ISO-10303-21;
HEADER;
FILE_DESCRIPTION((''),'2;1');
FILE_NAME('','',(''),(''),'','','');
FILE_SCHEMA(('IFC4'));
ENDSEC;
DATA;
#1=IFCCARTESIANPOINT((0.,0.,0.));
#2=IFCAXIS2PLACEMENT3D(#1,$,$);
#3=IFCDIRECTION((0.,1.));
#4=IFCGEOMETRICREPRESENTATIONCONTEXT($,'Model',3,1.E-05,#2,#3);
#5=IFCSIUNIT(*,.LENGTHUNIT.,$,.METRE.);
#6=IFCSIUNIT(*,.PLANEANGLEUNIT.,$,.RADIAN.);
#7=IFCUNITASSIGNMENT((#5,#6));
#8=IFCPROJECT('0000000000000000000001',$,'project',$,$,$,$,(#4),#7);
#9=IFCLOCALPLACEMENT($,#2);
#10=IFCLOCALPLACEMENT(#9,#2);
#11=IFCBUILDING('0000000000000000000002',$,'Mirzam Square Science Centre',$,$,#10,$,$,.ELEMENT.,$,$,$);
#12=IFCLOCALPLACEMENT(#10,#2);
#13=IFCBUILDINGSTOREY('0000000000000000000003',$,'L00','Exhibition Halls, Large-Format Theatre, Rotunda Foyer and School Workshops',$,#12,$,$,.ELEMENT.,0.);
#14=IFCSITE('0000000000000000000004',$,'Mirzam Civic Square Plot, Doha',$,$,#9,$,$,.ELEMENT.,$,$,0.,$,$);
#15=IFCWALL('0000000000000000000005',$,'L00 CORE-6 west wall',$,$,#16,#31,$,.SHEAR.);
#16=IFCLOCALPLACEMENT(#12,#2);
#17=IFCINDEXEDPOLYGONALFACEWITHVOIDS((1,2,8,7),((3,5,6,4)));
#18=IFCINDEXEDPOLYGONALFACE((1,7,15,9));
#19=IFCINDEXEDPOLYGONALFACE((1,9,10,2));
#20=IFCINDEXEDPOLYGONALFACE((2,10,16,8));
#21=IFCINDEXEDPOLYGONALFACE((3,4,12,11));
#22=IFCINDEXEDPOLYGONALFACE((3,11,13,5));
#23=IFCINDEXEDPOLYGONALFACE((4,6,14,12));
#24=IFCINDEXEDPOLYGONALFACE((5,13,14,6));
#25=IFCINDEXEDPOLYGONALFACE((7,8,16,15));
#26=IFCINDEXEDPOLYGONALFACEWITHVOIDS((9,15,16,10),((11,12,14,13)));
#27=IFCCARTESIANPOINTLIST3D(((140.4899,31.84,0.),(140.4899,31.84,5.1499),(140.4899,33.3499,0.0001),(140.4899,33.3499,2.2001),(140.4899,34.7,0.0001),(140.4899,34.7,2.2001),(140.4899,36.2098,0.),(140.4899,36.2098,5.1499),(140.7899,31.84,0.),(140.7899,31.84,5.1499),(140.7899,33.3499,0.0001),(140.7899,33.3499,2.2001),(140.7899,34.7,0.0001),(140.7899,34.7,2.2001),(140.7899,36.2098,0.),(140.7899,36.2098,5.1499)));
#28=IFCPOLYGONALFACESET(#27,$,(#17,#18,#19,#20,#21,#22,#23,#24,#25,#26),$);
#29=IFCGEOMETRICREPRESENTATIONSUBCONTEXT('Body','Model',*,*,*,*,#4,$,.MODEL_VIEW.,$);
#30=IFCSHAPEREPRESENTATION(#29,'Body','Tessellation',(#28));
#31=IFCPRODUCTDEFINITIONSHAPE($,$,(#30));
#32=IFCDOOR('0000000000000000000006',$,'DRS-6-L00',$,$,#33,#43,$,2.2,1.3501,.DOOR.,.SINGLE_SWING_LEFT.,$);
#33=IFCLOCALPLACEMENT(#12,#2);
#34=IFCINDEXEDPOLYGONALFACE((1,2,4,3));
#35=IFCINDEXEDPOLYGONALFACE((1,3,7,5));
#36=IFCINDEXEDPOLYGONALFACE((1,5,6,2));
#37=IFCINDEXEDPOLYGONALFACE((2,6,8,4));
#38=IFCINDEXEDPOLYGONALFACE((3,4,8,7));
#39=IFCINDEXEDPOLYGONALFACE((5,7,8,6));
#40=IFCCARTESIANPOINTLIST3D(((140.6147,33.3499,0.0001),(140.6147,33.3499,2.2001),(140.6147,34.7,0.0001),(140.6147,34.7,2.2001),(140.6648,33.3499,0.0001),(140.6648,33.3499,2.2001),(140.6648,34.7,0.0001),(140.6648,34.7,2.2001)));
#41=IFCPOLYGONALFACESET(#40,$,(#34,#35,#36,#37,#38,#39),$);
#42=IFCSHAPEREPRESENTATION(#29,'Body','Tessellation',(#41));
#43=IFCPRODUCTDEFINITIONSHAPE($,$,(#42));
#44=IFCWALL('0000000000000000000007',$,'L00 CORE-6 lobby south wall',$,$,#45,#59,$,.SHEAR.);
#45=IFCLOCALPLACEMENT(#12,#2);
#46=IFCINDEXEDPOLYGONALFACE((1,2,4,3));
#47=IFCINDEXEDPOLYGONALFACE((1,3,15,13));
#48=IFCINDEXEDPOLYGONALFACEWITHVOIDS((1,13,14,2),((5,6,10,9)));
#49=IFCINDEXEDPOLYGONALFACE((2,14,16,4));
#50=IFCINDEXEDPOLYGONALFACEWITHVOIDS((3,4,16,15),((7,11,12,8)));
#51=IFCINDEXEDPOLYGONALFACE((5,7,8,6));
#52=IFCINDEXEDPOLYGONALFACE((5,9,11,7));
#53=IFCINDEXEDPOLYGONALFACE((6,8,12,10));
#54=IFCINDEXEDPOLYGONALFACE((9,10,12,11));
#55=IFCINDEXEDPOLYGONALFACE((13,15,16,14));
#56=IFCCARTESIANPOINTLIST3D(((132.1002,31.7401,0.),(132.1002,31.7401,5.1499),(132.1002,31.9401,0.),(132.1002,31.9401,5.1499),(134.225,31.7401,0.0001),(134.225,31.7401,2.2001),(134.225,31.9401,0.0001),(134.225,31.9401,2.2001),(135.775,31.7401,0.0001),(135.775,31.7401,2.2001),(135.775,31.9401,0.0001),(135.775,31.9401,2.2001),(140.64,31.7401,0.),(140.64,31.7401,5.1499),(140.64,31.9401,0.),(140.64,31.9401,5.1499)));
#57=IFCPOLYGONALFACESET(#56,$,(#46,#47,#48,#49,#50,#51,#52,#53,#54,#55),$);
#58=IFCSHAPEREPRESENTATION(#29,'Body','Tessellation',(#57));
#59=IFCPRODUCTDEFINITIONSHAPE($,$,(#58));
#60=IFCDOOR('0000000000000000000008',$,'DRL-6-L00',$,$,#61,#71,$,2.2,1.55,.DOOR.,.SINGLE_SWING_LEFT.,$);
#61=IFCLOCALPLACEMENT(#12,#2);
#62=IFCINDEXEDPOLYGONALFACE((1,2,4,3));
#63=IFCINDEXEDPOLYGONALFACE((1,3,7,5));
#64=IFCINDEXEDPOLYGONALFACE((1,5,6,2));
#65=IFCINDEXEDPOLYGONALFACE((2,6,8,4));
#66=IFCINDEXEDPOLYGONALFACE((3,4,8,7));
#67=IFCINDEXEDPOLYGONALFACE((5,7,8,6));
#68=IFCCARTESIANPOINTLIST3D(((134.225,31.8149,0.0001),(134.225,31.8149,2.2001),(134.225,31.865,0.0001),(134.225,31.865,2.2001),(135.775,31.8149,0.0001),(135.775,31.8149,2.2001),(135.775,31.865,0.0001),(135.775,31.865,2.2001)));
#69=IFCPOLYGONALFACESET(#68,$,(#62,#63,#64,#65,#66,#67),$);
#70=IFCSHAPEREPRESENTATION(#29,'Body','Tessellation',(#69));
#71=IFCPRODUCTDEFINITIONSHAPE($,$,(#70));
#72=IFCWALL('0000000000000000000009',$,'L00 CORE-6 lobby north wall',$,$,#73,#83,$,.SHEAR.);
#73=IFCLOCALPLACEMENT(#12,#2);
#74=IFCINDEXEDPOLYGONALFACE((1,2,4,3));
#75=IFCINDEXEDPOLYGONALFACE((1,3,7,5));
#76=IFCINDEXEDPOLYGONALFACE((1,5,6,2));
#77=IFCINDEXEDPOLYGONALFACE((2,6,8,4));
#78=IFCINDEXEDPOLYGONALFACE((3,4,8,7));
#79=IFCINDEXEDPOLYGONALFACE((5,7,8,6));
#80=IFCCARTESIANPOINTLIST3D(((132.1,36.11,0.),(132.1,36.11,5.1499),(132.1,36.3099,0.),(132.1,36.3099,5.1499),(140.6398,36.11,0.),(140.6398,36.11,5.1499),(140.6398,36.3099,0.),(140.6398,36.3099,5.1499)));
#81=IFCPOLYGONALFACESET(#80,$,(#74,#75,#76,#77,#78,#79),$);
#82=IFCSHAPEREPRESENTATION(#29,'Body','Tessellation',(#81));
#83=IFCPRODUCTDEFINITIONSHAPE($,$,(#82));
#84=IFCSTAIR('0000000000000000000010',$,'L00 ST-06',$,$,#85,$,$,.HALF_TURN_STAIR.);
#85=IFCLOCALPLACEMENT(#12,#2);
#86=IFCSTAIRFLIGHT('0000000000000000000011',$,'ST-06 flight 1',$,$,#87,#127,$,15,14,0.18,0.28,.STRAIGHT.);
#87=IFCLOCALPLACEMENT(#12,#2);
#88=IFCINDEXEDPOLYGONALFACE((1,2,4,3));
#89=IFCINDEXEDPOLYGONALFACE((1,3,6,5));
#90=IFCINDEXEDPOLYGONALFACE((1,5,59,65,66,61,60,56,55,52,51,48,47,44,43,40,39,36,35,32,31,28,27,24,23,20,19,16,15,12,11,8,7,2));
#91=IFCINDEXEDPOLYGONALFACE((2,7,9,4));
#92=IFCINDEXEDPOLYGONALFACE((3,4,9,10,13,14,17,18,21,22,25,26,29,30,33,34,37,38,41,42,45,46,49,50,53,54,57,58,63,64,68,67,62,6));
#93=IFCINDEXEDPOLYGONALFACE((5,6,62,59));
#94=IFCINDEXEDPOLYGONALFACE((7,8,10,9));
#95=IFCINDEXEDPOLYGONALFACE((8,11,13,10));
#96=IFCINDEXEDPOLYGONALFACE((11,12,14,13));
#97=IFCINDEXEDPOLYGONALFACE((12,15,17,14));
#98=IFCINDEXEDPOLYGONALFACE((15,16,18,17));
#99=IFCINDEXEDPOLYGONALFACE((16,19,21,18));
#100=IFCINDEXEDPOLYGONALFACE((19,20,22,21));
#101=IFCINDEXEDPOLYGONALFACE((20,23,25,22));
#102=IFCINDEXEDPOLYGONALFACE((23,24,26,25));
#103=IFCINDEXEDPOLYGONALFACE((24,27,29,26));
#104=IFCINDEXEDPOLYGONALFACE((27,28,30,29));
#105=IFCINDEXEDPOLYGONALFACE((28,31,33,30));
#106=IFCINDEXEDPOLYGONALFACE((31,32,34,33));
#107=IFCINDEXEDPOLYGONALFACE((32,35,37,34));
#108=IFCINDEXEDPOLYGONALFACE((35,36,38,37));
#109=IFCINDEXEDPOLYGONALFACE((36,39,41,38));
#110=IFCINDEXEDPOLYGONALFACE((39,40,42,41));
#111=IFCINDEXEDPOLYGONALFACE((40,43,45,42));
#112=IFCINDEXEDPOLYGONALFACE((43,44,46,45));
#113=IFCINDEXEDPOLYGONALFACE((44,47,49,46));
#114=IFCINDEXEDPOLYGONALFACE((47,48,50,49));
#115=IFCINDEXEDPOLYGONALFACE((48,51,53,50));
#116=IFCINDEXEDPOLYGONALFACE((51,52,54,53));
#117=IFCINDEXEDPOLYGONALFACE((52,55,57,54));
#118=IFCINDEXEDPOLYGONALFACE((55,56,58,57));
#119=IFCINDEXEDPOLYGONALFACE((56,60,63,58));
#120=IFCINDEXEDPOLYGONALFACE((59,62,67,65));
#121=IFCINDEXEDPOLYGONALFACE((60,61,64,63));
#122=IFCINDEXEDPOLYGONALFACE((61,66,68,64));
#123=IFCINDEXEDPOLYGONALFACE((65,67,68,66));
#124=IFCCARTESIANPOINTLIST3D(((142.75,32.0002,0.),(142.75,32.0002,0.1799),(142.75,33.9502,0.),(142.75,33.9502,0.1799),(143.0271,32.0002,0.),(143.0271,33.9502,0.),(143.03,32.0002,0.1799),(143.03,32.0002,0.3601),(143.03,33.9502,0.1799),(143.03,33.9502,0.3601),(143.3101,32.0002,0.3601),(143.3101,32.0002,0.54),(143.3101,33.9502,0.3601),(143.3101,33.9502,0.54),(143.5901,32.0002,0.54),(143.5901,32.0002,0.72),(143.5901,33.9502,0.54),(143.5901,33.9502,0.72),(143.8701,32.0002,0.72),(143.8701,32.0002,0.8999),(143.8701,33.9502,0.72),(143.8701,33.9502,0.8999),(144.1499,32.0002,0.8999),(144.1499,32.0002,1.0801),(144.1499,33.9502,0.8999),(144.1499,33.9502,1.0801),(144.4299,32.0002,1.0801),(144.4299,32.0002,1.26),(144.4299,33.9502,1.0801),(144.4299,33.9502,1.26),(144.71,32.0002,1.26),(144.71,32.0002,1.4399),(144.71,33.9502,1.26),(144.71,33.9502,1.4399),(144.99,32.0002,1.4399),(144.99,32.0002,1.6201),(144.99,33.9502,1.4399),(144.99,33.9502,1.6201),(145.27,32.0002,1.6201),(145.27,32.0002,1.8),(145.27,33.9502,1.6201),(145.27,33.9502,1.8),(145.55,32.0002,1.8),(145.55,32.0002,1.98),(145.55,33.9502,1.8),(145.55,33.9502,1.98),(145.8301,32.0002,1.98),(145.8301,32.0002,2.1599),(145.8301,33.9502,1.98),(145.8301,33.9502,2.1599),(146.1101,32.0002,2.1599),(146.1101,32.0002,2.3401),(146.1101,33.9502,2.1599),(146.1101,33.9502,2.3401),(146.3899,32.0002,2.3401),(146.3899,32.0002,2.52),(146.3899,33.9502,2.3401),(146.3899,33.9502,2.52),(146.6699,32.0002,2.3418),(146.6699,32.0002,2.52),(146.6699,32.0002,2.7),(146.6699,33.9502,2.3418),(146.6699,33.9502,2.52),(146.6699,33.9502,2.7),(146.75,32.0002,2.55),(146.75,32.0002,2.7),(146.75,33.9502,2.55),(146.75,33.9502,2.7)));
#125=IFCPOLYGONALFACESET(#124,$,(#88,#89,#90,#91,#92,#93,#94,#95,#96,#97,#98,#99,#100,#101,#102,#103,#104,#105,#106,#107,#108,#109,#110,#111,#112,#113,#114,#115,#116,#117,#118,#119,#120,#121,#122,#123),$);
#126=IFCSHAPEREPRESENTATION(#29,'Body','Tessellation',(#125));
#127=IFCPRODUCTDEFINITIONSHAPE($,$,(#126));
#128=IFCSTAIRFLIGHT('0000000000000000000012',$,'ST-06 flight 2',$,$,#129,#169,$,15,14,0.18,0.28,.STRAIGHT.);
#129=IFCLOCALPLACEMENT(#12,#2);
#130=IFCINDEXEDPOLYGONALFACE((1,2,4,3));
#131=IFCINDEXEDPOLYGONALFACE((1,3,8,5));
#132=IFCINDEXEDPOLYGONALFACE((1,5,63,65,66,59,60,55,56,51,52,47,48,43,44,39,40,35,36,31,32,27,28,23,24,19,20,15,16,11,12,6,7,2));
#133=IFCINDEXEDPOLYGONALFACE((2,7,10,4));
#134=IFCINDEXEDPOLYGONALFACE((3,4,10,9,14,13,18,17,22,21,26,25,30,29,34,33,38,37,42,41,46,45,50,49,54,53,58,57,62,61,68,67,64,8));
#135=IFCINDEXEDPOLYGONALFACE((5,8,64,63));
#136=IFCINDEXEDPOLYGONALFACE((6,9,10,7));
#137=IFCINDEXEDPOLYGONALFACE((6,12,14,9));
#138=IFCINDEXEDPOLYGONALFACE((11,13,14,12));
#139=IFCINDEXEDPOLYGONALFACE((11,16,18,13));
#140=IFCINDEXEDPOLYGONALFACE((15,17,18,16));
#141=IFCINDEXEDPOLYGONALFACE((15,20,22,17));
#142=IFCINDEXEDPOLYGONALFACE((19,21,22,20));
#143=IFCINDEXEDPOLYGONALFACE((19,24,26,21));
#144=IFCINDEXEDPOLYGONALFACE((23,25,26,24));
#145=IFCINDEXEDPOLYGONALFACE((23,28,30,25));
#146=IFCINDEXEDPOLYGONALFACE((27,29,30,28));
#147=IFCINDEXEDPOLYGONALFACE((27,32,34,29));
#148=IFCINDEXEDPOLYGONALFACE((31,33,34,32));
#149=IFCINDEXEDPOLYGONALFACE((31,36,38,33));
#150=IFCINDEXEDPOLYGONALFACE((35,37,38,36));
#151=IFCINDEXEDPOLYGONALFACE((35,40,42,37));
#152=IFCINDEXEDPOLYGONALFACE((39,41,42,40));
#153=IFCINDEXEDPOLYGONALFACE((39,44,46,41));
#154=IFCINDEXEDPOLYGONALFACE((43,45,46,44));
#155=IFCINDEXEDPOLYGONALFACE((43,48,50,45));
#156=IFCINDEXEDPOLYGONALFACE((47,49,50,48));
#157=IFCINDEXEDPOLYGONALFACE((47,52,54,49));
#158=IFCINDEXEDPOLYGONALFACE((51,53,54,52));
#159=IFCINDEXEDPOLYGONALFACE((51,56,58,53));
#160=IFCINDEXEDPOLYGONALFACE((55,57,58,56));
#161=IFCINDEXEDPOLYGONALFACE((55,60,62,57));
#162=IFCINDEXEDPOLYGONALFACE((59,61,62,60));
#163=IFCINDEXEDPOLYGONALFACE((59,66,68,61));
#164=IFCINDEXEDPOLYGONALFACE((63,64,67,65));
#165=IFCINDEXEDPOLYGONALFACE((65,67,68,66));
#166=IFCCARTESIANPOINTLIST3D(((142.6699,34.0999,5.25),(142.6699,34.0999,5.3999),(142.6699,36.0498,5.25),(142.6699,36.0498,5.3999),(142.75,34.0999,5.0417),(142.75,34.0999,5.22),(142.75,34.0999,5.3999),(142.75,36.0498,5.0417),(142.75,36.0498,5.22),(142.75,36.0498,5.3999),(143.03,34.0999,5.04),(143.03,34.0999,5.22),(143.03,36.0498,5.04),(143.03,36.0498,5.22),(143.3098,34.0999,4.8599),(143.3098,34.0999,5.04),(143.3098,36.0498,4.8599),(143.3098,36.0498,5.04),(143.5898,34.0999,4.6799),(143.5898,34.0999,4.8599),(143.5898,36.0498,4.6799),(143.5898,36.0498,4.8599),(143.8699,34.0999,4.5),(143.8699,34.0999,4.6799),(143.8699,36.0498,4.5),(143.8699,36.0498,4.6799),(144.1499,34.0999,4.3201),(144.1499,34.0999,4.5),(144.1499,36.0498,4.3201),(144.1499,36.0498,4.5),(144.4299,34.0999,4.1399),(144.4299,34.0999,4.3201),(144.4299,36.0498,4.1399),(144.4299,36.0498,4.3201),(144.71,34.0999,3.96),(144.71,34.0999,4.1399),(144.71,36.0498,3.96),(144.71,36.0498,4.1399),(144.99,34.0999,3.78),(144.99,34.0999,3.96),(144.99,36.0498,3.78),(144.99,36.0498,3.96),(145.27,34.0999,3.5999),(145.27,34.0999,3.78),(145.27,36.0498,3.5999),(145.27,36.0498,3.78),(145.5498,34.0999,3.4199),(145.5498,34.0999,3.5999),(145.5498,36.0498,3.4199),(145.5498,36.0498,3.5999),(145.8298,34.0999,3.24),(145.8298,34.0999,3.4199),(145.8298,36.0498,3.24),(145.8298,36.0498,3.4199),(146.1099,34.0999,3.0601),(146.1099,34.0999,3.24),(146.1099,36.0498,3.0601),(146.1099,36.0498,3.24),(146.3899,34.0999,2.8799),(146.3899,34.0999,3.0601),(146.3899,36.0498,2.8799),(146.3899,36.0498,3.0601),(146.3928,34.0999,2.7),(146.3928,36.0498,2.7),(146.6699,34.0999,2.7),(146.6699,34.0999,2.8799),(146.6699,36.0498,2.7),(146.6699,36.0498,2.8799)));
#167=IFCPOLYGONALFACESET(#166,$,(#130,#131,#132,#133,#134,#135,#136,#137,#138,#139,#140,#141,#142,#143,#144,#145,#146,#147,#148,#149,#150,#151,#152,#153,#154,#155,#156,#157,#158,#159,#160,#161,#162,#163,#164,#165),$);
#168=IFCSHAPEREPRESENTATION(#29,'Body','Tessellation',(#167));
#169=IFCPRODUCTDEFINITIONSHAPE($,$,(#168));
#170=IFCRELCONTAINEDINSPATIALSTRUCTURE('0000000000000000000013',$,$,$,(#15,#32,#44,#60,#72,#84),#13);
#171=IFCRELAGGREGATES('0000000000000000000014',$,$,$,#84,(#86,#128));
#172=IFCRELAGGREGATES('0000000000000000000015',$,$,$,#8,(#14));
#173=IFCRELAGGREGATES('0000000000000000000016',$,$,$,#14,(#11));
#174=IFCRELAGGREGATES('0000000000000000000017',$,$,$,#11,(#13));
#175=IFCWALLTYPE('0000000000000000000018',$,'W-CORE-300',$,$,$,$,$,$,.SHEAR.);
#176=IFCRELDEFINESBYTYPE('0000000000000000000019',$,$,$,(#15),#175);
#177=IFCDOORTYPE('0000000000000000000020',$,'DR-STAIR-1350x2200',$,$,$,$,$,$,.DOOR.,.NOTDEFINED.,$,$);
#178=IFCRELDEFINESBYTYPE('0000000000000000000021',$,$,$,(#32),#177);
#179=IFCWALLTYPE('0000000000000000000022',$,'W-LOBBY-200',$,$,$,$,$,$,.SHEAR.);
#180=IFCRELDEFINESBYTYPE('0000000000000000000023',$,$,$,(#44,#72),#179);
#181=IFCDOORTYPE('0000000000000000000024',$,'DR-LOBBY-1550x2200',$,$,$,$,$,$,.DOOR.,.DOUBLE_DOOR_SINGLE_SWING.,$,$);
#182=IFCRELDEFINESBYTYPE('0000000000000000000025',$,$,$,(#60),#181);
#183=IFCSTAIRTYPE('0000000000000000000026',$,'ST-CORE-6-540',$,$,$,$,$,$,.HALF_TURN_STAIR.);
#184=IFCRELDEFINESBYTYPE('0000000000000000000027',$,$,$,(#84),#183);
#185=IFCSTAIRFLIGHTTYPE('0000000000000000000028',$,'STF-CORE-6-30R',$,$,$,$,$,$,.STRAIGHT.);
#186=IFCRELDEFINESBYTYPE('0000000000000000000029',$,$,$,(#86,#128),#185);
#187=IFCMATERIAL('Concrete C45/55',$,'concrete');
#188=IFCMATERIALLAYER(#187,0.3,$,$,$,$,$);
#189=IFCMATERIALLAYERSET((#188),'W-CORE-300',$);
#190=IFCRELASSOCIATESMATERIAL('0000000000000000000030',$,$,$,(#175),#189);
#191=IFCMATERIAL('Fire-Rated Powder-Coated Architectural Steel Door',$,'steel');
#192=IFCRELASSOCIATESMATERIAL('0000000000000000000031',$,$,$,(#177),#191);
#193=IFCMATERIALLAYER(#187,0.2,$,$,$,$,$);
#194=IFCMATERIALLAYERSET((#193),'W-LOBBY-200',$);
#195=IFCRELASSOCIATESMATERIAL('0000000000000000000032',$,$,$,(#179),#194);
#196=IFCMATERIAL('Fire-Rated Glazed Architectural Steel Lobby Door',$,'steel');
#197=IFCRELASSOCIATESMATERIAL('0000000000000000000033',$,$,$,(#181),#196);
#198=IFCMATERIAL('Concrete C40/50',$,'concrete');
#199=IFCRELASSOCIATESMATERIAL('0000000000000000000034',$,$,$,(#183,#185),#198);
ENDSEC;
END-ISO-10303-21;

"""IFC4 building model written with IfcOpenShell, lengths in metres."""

from ifc_helpers import new_model, si_unit, direction, frame, frame_2d, origin, place, context, subcontext, project, spatial, polyline, rectangle, outline, extrude, material, layer, layer_set, type_object, element, fill, aggregate, save


model = new_model("IFC4")

# Units and contexts
model_context = context("Model", 3, precision=1e-05, world=origin(), true_north=direction((0.0, 1.0)))
body_context = subcontext(model_context, "Body", "Model", "MODEL_VIEW")
ifc_project = project(units=[si_unit("LENGTHUNIT", "METRE"), si_unit("PLANEANGLEUNIT", "RADIAN")], contexts=[model_context])

# Site, building, storey
site_placement = place(None, origin())
site = spatial("IfcSite", under=ifc_project, at=site_placement, Name="Mirzam Civic Square Plot, Doha", CompositionType="ELEMENT", RefElevation=0.0)
building_placement = place(site_placement, origin())
building = spatial("IfcBuilding", under=site, at=building_placement, Name="Mirzam Square Science Centre", CompositionType="ELEMENT")
storey_placement = place(building_placement, origin())
storey = spatial("IfcBuildingStorey", under=building, at=storey_placement, Name="L00", Description="Exhibition Halls, Large-Format Theatre, Rotunda Foyer and School Workshops", CompositionType="ELEMENT", Elevation=0.0)

# Shared definitions
ifc_material_1 = material(Name="Concrete C45/55", Category="concrete")
ifc_layer_1 = layer(ifc_material_1, 0.3)
ifc_layer_set_1 = layer_set([ifc_layer_1], Name="W-CORE-300")
wall_type_1 = type_object("IfcWallType", Name="W-CORE-300", PredefinedType="SHEAR", material=ifc_layer_set_1)

# Walls, openings, doors
wall_1_placement = place(storey_placement, frame((140.6399, 36.21, 0.0), z_axis=(0.0, 0.0, 1.0), x_axis=(0.0, -1.0, 0.0)))
wall_1 = element("IfcWall", 1, at=wall_1_placement, inside=storey, type_object=wall_type_1, Name="L00 CORE-6 west wall", PredefinedType="SHEAR", context=body_context, shape_type="SweptSolid", body=[
    extrude(rectangle(XDim=4.3699, YDim=0.3, at=frame_2d((2.1851, 0.0))), origin(), (0.0, 0.0, 1.0), 5.1499),
])
opening_1_placement = place(wall_1_placement, frame((1.51, 0.0, 0.0)))
opening_1 = element("IfcOpeningElement", 2, at=opening_1_placement, cuts=wall_1, PredefinedType="OPENING", context=body_context, shape_type="SweptSolid", body=[
    extrude(rectangle(XDim=1.3501, YDim=2.2, at=frame_2d((0.675, 1.1001))), frame((0.0, 0.1599, 0.0), z_axis=(0.0, -1.0, 0.0), x_axis=(1.0, 0.0, 0.0)), (0.0, 0.0, 1.0), 0.3201),
])
ifc_material_2 = material(Name="Fire-Rated Powder-Coated Architectural Steel Door", Category="steel")
door_type_1 = type_object("IfcDoorType", Name="DR-STAIR-1350x2200", OperationType="NOTDEFINED", PredefinedType="DOOR", material=ifc_material_2)
door_1_placement = place(opening_1_placement, origin())
door_1 = element("IfcDoor", 3, at=door_1_placement, inside=storey, type_object=door_type_1, Name="DRS-6-L00", OperationType="SINGLE_SWING_LEFT", OverallHeight=2.2, OverallWidth=1.3501, PredefinedType="DOOR", context=body_context, shape_type="SweptSolid", body=[
    extrude(rectangle(XDim=1.3501, YDim=2.2, at=frame_2d((0.675, 1.1001))), frame((0.0, 0.0249, 0.0), z_axis=(0.0, -1.0, 0.0), x_axis=(1.0, 0.0, 0.0)), (0.0, 0.0, 1.0), 0.05),
])
fill(opening_1, door_1)
ifc_layer_2 = layer(ifc_material_1, 0.2)
ifc_layer_set_2 = layer_set([ifc_layer_2], Name="W-LOBBY-200")
wall_type_2 = type_object("IfcWallType", Name="W-LOBBY-200", PredefinedType="SHEAR", material=ifc_layer_set_2)
wall_2_placement = place(storey_placement, frame((132.1001, 31.8401, 0.0), z_axis=(0.0, 0.0, 1.0), x_axis=(1.0, 0.0, 0.0)))
wall_2 = element("IfcWall", 4, at=wall_2_placement, inside=storey, type_object=wall_type_2, Name="L00 CORE-6 lobby south wall", PredefinedType="SHEAR", context=body_context, shape_type="SweptSolid", body=[
    extrude(rectangle(XDim=8.5398, YDim=0.2, at=frame_2d((4.27, 0.0))), origin(), (0.0, 0.0, 1.0), 5.1499),
])
opening_2_placement = place(wall_2_placement, frame((2.125, 0.0, 0.0)))
opening_2 = element("IfcOpeningElement", 5, at=opening_2_placement, cuts=wall_2, PredefinedType="OPENING", context=body_context, shape_type="SweptSolid", body=[
    extrude(rectangle(XDim=1.55, YDim=2.2, at=frame_2d((0.7749, 1.1001))), frame((0.0, 0.1099, 0.0), z_axis=(0.0, -1.0, 0.0), x_axis=(1.0, 0.0, 0.0)), (0.0, 0.0, 1.0), 0.22),
])
ifc_material_3 = material(Name="Fire-Rated Glazed Architectural Steel Lobby Door", Category="steel")
door_type_2 = type_object("IfcDoorType", Name="DR-LOBBY-1550x2200", OperationType="DOUBLE_DOOR_SINGLE_SWING", PredefinedType="DOOR", material=ifc_material_3)
door_2_placement = place(opening_2_placement, origin())
door_2 = element("IfcDoor", 6, at=door_2_placement, inside=storey, type_object=door_type_2, Name="DRL-6-L00", OperationType="SINGLE_SWING_LEFT", OverallHeight=2.2, OverallWidth=1.55, PredefinedType="DOOR", context=body_context, shape_type="SweptSolid", body=[
    extrude(rectangle(XDim=1.55, YDim=2.2, at=frame_2d((0.7749, 1.1001))), frame((0.0, 0.0249, 0.0), z_axis=(0.0, -1.0, 0.0), x_axis=(1.0, 0.0, 0.0)), (0.0, 0.0, 1.0), 0.05),
])
fill(opening_2, door_2)

# Wall
wall_3_placement = place(storey_placement, frame((140.6399, 36.21, 0.0), z_axis=(0.0, 0.0, 1.0), x_axis=(-1.0, 0.0, 0.0)))
element("IfcWall", 7, at=wall_3_placement, inside=storey, type_object=wall_type_2, Name="L00 CORE-6 lobby north wall", PredefinedType="SHEAR", context=body_context, shape_type="SweptSolid", body=[
    extrude(rectangle(XDim=8.5398, YDim=0.2, at=frame_2d((4.27, 0.0))), origin(), (0.0, 0.0, 1.0), 5.1499),
])

# Stair, stair flights
ifc_material_4 = material(Name="Concrete C40/50", Category="concrete")
stair_type = type_object("IfcStairType", Name="ST-CORE-6-540", PredefinedType="HALF_TURN_STAIR", material=ifc_material_4)
stair_placement = place(storey_placement, origin())
stair = element("IfcStair", 8, at=stair_placement, inside=storey, type_object=stair_type, Name="L00 ST-06", PredefinedType="HALF_TURN_STAIR")
stair_flight_type = type_object("IfcStairFlightType", Name="STF-CORE-6-30R", PredefinedType="STRAIGHT", material=ifc_material_4)
stair_flight_1_placement = place(storey_placement, frame((142.75, 32.9751, 0.0), z_axis=(0.0, 0.0, 1.0), x_axis=(1.0, 0.0, 0.0)))
stair_flight_1 = element("IfcStairFlight", 9, at=stair_flight_1_placement, type_object=stair_flight_type, Name="ST-06 flight 1", NumberOfRisers=15, NumberOfTreads=14, PredefinedType="STRAIGHT", RiserHeight=0.18, TreadLength=0.28, context=body_context, shape_type="SweptSolid", body=[
    extrude(outline(polyline([(0.0, 0.0), (0.0, 0.1799), (0.28, 0.1799), (0.28, 0.3601), (0.5601, 0.3601), (0.5601, 0.54), (0.8401, 0.54), (0.8401, 0.72), (1.1201, 0.72), (1.1201, 0.8999), (1.3999, 0.8999), (1.3999, 1.0801), (1.6799, 1.0801), (1.6799, 1.26), (1.96, 1.26), (1.96, 1.4399), (2.24, 1.4399), (2.24, 1.6201), (2.52, 1.6201), (2.52, 1.8), (2.8, 1.8), (2.8, 1.98), (3.0801, 1.98), (3.0801, 2.1599), (3.3601, 2.1599), (3.3601, 2.3401), (3.6399, 2.3401), (3.6399, 2.52), (3.9199, 2.52), (3.9199, 2.7), (4.0, 2.7), (4.0, 2.55), (3.9199, 2.3418), (0.2771, 0.0), (0.0, 0.0)])), frame((0.0, 0.9751, 0.0), z_axis=(0.0, -1.0, 0.0), x_axis=(1.0, 0.0, 0.0)), (0.0, 0.0, 1.0), 1.95),
])
stair_flight_2_placement = place(storey_placement, frame((146.6699, 35.075, 2.7), z_axis=(0.0, 0.0, 1.0), x_axis=(-1.0, 0.0, 0.0)))
stair_flight_2 = element("IfcStairFlight", 10, at=stair_flight_2_placement, type_object=stair_flight_type, Name="ST-06 flight 2", NumberOfRisers=15, NumberOfTreads=14, PredefinedType="STRAIGHT", RiserHeight=0.18, TreadLength=0.28, context=body_context, shape_type="SweptSolid", body=[
    extrude(outline(polyline([(0.0, 0.0), (0.0, 0.1799), (0.28, 0.1799), (0.28, 0.3601), (0.5601, 0.3601), (0.5601, 0.54), (0.8401, 0.54), (0.8401, 0.72), (1.1201, 0.72), (1.1201, 0.8999), (1.3999, 0.8999), (1.3999, 1.0801), (1.6799, 1.0801), (1.6799, 1.26), (1.96, 1.26), (1.96, 1.4399), (2.24, 1.4399), (2.24, 1.6201), (2.52, 1.6201), (2.52, 1.8), (2.8, 1.8), (2.8, 1.98), (3.0801, 1.98), (3.0801, 2.1599), (3.3601, 2.1599), (3.3601, 2.3401), (3.6399, 2.3401), (3.6399, 2.52), (3.9199, 2.52), (3.9199, 2.7), (4.0, 2.7), (4.0, 2.55), (3.9199, 2.3418), (0.2771, 0.0), (0.0, 0.0)])), frame((0.0, 0.9751, 0.0), z_axis=(0.0, -1.0, 0.0), x_axis=(1.0, 0.0, 0.0)), (0.0, 0.0, 1.0), 1.95),
])
aggregate(stair, [stair_flight_1, stair_flight_2])

save(model, "model.ifc")
